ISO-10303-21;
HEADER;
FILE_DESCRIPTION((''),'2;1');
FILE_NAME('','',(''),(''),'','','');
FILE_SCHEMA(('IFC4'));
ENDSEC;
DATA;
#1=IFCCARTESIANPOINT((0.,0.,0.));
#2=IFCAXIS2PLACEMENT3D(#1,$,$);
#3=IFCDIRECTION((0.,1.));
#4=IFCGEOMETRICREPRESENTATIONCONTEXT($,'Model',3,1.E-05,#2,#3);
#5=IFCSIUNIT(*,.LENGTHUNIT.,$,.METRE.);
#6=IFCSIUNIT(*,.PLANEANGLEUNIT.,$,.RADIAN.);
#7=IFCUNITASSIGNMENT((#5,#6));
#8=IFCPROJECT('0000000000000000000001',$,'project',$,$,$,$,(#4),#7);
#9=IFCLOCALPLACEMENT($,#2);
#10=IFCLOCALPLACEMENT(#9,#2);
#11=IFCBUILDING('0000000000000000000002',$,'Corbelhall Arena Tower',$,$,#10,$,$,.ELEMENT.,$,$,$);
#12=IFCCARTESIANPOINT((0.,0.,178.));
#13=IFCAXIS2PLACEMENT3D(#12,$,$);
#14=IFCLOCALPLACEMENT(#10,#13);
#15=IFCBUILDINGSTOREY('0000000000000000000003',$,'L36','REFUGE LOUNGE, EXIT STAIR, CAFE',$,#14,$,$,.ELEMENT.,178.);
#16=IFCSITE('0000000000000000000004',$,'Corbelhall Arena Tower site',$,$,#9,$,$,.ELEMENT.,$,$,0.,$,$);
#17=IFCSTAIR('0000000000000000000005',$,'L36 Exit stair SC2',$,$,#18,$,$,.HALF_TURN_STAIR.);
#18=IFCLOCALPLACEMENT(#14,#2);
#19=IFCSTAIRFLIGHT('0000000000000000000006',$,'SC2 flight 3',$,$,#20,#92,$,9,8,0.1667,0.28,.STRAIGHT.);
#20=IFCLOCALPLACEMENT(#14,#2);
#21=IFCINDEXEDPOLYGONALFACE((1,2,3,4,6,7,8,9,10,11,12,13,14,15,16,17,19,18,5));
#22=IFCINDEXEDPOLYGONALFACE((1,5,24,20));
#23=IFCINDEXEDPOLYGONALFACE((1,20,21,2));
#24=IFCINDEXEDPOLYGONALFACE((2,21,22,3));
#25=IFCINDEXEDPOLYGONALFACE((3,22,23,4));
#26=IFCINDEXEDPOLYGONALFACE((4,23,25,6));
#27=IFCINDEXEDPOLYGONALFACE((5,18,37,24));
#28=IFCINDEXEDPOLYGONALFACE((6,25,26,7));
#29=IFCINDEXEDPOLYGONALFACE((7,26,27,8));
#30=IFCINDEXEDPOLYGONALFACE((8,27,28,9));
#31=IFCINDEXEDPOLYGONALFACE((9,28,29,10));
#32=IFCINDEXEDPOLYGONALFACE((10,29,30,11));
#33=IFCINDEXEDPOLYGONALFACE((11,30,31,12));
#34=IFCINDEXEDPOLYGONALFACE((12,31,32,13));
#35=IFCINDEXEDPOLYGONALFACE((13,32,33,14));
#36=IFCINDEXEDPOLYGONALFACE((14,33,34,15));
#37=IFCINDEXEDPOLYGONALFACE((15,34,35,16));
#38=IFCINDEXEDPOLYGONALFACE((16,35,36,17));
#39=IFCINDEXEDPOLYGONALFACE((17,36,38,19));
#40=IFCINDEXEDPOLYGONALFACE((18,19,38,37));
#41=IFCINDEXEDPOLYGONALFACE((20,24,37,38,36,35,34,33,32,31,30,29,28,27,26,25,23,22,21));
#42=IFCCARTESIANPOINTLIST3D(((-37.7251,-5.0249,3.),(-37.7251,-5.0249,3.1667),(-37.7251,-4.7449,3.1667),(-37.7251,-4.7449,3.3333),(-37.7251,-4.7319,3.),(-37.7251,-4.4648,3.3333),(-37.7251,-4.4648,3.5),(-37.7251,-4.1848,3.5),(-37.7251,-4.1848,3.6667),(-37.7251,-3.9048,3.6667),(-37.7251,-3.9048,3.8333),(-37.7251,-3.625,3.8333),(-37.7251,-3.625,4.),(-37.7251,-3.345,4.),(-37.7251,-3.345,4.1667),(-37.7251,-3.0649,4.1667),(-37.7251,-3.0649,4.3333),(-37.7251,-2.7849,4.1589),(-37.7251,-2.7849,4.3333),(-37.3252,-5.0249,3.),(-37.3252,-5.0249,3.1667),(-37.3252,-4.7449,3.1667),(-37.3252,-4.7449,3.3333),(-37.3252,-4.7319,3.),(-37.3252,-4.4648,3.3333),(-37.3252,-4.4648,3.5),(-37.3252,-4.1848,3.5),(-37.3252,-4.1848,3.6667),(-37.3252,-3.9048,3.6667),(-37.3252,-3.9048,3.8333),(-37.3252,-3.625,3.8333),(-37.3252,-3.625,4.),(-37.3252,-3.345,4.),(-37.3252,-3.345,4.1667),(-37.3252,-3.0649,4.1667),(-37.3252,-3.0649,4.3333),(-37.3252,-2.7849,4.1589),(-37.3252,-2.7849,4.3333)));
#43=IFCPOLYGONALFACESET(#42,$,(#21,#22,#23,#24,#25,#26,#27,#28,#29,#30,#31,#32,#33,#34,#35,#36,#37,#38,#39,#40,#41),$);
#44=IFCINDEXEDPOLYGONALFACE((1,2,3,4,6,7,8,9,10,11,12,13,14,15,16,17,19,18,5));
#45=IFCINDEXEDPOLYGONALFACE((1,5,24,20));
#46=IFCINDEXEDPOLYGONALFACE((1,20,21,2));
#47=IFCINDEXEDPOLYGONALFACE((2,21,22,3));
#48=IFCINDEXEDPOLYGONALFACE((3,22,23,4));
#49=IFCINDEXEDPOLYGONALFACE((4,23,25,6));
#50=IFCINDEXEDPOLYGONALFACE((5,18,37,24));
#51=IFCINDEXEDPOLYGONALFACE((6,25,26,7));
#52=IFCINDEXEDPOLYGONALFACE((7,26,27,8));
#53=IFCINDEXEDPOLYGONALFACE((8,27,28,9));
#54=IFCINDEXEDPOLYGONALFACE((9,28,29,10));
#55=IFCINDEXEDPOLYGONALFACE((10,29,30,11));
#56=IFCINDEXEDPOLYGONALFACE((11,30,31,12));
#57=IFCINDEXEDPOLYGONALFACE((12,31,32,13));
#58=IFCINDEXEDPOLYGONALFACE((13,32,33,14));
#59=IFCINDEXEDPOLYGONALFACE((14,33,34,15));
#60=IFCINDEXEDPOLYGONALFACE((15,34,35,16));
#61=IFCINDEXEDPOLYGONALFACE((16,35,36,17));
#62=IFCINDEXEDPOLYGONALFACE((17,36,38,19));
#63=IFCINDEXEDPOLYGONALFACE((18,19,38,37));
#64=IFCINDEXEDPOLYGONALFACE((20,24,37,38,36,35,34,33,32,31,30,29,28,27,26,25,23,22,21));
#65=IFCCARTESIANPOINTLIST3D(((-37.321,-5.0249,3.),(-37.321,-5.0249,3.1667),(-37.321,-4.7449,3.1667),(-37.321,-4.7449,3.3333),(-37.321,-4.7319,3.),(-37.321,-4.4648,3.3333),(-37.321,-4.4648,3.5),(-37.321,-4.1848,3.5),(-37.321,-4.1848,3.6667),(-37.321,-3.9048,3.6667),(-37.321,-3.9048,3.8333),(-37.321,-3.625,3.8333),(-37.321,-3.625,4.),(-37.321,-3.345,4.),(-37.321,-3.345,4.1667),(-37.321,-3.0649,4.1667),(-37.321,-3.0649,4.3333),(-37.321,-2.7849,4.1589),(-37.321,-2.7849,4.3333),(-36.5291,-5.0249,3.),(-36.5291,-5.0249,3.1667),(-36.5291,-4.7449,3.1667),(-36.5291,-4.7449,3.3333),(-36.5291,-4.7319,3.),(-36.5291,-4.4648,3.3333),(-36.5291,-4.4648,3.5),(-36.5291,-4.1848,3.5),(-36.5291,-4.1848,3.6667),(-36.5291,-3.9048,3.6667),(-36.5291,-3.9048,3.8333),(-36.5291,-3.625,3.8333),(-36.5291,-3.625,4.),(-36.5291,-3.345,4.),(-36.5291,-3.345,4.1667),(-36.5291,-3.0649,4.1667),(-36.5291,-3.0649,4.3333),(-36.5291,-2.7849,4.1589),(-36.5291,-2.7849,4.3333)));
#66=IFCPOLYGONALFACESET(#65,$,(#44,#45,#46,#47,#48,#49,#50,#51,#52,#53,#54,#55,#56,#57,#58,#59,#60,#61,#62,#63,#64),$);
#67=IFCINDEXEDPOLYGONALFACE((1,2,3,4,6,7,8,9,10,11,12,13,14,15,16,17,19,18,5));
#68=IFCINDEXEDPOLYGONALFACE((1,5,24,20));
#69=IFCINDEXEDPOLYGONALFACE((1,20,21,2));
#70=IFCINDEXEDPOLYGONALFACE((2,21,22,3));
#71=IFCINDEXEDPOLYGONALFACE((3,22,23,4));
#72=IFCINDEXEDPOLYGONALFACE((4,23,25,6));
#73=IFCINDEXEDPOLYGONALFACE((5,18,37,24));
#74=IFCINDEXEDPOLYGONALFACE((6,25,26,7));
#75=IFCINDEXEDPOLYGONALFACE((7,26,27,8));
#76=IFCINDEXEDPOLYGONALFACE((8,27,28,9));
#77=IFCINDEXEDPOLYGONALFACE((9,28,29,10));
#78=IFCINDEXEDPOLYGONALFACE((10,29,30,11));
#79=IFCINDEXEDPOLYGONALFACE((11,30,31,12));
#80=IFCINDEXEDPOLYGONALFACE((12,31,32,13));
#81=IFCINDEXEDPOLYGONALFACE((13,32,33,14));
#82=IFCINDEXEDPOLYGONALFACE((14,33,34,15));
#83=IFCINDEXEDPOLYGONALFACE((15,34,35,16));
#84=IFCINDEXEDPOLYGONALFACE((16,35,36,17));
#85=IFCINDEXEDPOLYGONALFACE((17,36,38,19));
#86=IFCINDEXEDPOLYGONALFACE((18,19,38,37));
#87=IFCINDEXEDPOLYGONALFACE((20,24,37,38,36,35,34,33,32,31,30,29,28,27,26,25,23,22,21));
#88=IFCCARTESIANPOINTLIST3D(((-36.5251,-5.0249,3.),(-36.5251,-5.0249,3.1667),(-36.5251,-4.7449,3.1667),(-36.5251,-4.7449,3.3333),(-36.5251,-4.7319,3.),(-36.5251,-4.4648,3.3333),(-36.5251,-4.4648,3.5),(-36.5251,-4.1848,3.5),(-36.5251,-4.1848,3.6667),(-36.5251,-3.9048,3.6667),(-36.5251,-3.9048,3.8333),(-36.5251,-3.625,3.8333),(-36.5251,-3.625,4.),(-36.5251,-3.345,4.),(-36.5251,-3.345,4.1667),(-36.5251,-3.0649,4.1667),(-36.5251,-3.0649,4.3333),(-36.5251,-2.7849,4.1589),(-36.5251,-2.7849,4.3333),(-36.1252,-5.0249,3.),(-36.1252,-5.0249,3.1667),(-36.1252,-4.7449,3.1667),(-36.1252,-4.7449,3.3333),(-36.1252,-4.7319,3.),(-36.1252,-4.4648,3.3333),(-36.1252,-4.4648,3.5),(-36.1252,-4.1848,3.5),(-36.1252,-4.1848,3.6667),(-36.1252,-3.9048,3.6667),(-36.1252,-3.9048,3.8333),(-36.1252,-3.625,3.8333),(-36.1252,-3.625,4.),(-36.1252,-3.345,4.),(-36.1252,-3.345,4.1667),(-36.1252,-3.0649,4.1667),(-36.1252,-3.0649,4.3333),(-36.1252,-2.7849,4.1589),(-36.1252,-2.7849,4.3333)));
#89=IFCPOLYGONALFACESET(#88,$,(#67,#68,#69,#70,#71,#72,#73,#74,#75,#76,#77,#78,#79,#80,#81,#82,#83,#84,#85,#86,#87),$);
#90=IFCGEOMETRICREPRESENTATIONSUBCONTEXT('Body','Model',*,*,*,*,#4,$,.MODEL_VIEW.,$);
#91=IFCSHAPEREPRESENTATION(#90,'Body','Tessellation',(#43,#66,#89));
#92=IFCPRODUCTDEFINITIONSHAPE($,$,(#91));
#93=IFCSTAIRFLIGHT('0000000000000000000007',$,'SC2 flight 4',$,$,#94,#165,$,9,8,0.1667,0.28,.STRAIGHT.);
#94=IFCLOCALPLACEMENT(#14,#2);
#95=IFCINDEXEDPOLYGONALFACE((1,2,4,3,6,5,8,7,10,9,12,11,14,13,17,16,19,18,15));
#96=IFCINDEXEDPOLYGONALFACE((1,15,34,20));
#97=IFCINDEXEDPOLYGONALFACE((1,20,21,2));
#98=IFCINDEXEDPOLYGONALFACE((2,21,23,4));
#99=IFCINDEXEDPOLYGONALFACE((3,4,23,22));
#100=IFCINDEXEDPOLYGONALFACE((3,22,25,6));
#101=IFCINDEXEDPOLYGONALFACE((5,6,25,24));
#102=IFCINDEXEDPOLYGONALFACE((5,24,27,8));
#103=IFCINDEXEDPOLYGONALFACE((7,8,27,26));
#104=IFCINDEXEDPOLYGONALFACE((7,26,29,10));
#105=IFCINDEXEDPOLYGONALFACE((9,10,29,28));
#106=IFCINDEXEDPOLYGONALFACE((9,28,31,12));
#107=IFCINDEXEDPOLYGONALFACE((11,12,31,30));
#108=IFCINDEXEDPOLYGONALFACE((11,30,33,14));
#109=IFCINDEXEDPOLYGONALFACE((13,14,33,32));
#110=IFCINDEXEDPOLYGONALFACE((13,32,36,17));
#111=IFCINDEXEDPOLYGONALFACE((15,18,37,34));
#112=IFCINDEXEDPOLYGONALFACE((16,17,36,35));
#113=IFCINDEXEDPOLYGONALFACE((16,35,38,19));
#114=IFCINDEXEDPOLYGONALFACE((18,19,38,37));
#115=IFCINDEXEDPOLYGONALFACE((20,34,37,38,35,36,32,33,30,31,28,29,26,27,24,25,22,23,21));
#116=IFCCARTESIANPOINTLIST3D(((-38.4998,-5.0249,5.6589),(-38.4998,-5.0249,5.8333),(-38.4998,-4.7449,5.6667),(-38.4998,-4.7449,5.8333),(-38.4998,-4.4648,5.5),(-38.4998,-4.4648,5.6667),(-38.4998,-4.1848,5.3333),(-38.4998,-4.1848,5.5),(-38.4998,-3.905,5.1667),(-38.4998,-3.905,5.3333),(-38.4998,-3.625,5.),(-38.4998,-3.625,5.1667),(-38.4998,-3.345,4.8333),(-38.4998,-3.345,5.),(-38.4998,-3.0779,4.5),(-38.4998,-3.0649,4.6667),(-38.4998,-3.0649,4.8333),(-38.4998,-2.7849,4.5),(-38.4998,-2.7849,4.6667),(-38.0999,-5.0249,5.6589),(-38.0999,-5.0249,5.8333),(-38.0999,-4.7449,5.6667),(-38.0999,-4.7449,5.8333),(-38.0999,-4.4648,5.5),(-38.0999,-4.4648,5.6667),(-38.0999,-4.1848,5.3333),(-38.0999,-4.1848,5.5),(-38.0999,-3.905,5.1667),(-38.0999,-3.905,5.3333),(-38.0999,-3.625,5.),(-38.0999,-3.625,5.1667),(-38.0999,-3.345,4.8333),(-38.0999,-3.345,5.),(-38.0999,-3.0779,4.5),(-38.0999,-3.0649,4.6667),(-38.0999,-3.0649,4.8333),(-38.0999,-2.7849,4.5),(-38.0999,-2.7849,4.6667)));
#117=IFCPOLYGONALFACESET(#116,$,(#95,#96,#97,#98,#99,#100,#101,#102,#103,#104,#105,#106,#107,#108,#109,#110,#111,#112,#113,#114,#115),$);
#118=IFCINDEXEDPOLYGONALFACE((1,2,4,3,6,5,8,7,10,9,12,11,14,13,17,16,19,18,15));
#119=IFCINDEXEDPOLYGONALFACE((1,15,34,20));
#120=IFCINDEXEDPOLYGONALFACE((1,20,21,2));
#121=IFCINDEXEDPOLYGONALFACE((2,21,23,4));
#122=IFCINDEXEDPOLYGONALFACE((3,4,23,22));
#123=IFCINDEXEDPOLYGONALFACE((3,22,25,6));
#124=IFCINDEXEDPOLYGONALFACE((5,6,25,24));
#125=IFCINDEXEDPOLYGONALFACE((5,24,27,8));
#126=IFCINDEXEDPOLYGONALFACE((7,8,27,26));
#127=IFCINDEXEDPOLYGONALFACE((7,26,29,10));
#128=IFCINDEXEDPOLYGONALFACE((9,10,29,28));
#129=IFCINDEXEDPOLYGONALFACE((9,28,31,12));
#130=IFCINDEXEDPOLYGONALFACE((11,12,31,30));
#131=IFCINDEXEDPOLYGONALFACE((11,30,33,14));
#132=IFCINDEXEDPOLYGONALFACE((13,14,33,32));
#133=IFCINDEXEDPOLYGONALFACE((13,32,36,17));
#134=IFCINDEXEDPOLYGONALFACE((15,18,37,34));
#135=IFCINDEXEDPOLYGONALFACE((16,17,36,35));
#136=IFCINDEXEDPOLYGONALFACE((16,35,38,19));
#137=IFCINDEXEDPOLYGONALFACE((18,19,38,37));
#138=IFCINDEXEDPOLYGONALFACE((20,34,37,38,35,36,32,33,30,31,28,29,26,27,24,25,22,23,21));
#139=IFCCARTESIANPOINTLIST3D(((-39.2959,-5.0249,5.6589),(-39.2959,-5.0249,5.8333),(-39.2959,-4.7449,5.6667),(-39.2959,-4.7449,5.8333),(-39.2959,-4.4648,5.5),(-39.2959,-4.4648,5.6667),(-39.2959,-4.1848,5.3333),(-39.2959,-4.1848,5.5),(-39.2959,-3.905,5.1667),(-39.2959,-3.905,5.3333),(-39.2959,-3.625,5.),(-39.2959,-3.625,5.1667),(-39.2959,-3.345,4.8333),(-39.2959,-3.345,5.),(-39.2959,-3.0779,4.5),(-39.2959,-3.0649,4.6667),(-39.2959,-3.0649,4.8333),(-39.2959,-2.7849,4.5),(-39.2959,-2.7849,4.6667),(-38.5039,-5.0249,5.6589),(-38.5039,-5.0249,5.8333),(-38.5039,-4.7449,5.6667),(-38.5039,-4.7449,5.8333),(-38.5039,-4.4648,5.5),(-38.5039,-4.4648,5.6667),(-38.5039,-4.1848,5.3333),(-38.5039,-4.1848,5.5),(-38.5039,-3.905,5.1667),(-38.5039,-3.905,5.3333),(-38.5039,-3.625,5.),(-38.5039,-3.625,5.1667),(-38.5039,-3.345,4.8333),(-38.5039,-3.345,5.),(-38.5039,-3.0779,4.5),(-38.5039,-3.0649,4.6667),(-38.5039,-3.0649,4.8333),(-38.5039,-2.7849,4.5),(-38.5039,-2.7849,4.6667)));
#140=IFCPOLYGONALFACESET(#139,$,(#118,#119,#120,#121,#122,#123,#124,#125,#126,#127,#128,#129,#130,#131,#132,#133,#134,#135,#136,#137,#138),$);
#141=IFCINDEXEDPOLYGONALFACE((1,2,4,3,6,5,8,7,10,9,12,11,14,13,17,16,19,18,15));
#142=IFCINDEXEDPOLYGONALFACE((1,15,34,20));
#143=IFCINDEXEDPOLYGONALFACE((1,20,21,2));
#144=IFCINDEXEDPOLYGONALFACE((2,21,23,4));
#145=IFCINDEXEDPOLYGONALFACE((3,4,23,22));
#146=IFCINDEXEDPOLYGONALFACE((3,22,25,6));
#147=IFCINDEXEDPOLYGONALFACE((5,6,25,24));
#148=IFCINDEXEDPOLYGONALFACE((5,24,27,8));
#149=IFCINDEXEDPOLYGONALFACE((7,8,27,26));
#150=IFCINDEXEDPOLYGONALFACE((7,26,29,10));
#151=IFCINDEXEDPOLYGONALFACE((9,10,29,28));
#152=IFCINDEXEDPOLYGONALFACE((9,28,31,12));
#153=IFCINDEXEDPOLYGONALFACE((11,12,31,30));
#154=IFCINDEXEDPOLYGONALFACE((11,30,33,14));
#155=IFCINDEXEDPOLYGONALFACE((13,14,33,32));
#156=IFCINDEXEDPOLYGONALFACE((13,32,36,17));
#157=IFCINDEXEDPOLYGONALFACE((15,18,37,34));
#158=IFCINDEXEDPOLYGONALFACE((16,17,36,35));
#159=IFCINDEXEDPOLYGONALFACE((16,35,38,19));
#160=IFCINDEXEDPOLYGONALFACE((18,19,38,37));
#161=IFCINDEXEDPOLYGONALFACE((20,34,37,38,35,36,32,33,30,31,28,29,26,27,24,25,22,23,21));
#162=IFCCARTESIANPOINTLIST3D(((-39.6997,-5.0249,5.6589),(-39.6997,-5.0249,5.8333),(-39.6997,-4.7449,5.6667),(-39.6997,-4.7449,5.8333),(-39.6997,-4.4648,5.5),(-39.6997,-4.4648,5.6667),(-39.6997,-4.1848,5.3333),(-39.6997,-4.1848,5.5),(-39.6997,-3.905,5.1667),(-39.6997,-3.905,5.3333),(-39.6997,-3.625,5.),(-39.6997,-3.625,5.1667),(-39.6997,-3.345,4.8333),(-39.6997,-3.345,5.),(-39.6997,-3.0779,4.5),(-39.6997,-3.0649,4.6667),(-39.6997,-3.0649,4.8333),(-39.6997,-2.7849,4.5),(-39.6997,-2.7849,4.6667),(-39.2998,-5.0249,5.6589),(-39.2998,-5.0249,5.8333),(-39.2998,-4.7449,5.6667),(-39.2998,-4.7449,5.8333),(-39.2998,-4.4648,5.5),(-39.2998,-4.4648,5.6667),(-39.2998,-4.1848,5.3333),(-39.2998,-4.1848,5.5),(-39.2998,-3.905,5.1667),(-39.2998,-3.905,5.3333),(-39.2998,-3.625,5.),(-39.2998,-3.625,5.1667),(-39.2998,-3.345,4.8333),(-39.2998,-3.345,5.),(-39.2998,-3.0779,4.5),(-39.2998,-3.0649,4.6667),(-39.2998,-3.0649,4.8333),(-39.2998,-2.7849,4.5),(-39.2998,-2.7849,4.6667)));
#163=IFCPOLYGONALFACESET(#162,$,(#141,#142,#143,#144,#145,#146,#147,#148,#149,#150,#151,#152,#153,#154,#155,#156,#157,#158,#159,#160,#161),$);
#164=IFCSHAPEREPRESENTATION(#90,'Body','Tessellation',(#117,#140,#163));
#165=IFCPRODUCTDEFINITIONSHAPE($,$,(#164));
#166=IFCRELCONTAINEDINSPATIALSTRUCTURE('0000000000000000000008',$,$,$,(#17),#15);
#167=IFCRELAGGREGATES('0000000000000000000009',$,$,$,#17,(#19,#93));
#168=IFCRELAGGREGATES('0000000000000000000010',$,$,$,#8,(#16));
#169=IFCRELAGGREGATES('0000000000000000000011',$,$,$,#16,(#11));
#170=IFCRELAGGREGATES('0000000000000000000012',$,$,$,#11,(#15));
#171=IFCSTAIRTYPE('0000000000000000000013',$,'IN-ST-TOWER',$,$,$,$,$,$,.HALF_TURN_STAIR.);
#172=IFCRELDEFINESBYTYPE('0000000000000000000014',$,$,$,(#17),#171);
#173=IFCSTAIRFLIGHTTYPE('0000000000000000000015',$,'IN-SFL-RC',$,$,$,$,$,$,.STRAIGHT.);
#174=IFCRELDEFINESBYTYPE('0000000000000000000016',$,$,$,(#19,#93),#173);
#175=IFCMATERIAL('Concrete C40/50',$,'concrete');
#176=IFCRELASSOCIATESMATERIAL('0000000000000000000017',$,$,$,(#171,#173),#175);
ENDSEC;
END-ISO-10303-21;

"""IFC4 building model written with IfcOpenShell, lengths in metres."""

from ifc_helpers import new_model, si_unit, direction, frame, origin, place, context, subcontext, project, spatial, polyline, outline, extrude, material, type_object, element, aggregate, save


model = new_model("IFC4")

# Units and contexts
model_context = context("Model", 3, precision=1e-05, world=origin(), true_north=direction((0.0, 1.0)))
body_context = subcontext(model_context, "Body", "Model", "MODEL_VIEW")
ifc_project = project(units=[si_unit("LENGTHUNIT", "METRE"), si_unit("PLANEANGLEUNIT", "RADIAN")], contexts=[model_context])

# Site, building, storey
site_placement = place(None, origin())
site = spatial("IfcSite", under=ifc_project, at=site_placement, Name="Corbelhall Arena Tower site", CompositionType="ELEMENT", RefElevation=0.0)
building_placement = place(site_placement, origin())
building = spatial("IfcBuilding", under=site, at=building_placement, Name="Corbelhall Arena Tower", CompositionType="ELEMENT")
storey_placement = place(building_placement, frame((0.0, 0.0, 178.0)))
storey = spatial("IfcBuildingStorey", under=building, at=storey_placement, Name="L36", Description="REFUGE LOUNGE, EXIT STAIR, CAFE", CompositionType="ELEMENT", Elevation=178.0)

# Shared definitions
ifc_material_1 = material(Name="Concrete C40/50", Category="concrete")

# Stair, stair flights
stair_type = type_object("IfcStairType", Name="IN-ST-TOWER", PredefinedType="HALF_TURN_STAIR", material=ifc_material_1)
stair_placement = place(storey_placement, origin())
stair = element("IfcStair", 1, at=stair_placement, inside=storey, type_object=stair_type, Name="L36 Exit stair SC2", PredefinedType="HALF_TURN_STAIR")
stair_flight_type = type_object("IfcStairFlightType", Name="IN-SFL-RC", PredefinedType="STRAIGHT", material=ifc_material_1)
stair_flight_1_placement = place(storey_placement, frame((-36.925, -5.0249, 3.0), z_axis=(0.0, 0.0, 1.0), x_axis=(0.0, 1.0, 0.0)))
stair_flight_1 = element("IfcStairFlight", 2, at=stair_flight_1_placement, type_object=stair_flight_type, Name="SC2 flight 3", NumberOfRisers=9, NumberOfTreads=8, PredefinedType="STRAIGHT", RiserHeight=0.1667, TreadLength=0.28, context=body_context, shape_type="SweptSolid", body=[
    extrude(outline(polyline([(0.0, 0.0), (0.0, 0.1667), (0.28, 0.1667), (0.28, 0.3333), (0.5601, 0.3333), (0.5601, 0.5), (0.8401, 0.5), (0.8401, 0.6667), (1.1201, 0.6667), (1.1201, 0.8333), (1.3999, 0.8333), (1.3999, 1.0), (1.6799, 1.0), (1.6799, 1.1667), (1.96, 1.1667), (1.96, 1.3333), (2.24, 1.3333), (2.24, 1.5), (2.24, 1.1589), (0.293, 0.0), (0.0, 0.0)])), frame((0.0, 0.8, 0.0), z_axis=(0.0, -1.0, 0.0), x_axis=(1.0, 0.0, 0.0)), (0.0, 0.0, 1.0), 0.3999),
    extrude(outline(polyline([(0.0, 0.0), (0.0, 0.1667), (0.28, 0.1667), (0.28, 0.3333), (0.5601, 0.3333), (0.5601, 0.5), (0.8401, 0.5), (0.8401, 0.6667), (1.1201, 0.6667), (1.1201, 0.8333), (1.3999, 0.8333), (1.3999, 1.0), (1.6799, 1.0), (1.6799, 1.1667), (1.96, 1.1667), (1.96, 1.3333), (2.24, 1.3333), (2.24, 1.5), (2.24, 1.1589), (0.293, 0.0), (0.0, 0.0)])), frame((0.0, 0.396, 0.0), z_axis=(0.0, -1.0, 0.0), x_axis=(1.0, 0.0, 0.0)), (0.0, 0.0, 1.0), 0.792),
    extrude(outline(polyline([(0.0, 0.0), (0.0, 0.1667), (0.28, 0.1667), (0.28, 0.3333), (0.5601, 0.3333), (0.5601, 0.5), (0.8401, 0.5), (0.8401, 0.6667), (1.1201, 0.6667), (1.1201, 0.8333), (1.3999, 0.8333), (1.3999, 1.0), (1.6799, 1.0), (1.6799, 1.1667), (1.96, 1.1667), (1.96, 1.3333), (2.24, 1.3333), (2.24, 1.5), (2.24, 1.1589), (0.293, 0.0), (0.0, 0.0)])), frame((0.0, -0.3999, 0.0), z_axis=(0.0, -1.0, 0.0), x_axis=(1.0, 0.0, 0.0)), (0.0, 0.0, 1.0), 0.3999),
])
stair_flight_2_placement = place(storey_placement, frame((-38.8999, -2.7849, 4.5), z_axis=(0.0, 0.0, 1.0), x_axis=(0.0, -1.0, 0.0)))
stair_flight_2 = element("IfcStairFlight", 3, at=stair_flight_2_placement, type_object=stair_flight_type, Name="SC2 flight 4", NumberOfRisers=9, NumberOfTreads=8, PredefinedType="STRAIGHT", RiserHeight=0.1667, TreadLength=0.28, context=body_context, shape_type="SweptSolid", body=[
    extrude(outline(polyline([(0.0, 0.0), (0.0, 0.1667), (0.28, 0.1667), (0.28, 0.3333), (0.5601, 0.3333), (0.5601, 0.5), (0.8401, 0.5), (0.8401, 0.6667), (1.1201, 0.6667), (1.1201, 0.8333), (1.3999, 0.8333), (1.3999, 1.0), (1.6799, 1.0), (1.6799, 1.1667), (1.96, 1.1667), (1.96, 1.3333), (2.24, 1.3333), (2.24, 1.5), (2.24, 1.1589), (0.293, 0.0), (0.0, 0.0)])), frame((0.0, 0.8, 0.0), z_axis=(0.0, -1.0, 0.0), x_axis=(1.0, 0.0, 0.0)), (0.0, 0.0, 1.0), 0.3999),
    extrude(outline(polyline([(0.0, 0.0), (0.0, 0.1667), (0.28, 0.1667), (0.28, 0.3333), (0.5601, 0.3333), (0.5601, 0.5), (0.8401, 0.5), (0.8401, 0.6667), (1.1201, 0.6667), (1.1201, 0.8333), (1.3999, 0.8333), (1.3999, 1.0), (1.6799, 1.0), (1.6799, 1.1667), (1.96, 1.1667), (1.96, 1.3333), (2.24, 1.3333), (2.24, 1.5), (2.24, 1.1589), (0.293, 0.0), (0.0, 0.0)])), frame((0.0, 0.396, 0.0), z_axis=(0.0, -1.0, 0.0), x_axis=(1.0, 0.0, 0.0)), (0.0, 0.0, 1.0), 0.792),
    extrude(outline(polyline([(0.0, 0.0), (0.0, 0.1667), (0.28, 0.1667), (0.28, 0.3333), (0.5601, 0.3333), (0.5601, 0.5), (0.8401, 0.5), (0.8401, 0.6667), (1.1201, 0.6667), (1.1201, 0.8333), (1.3999, 0.8333), (1.3999, 1.0), (1.6799, 1.0), (1.6799, 1.1667), (1.96, 1.1667), (1.96, 1.3333), (2.24, 1.3333), (2.24, 1.5), (2.24, 1.1589), (0.293, 0.0), (0.0, 0.0)])), frame((0.0, -0.3999, 0.0), z_axis=(0.0, -1.0, 0.0), x_axis=(1.0, 0.0, 0.0)), (0.0, 0.0, 1.0), 0.3999),
])
aggregate(stair, [stair_flight_1, stair_flight_2])

save(model, "model.ifc")
